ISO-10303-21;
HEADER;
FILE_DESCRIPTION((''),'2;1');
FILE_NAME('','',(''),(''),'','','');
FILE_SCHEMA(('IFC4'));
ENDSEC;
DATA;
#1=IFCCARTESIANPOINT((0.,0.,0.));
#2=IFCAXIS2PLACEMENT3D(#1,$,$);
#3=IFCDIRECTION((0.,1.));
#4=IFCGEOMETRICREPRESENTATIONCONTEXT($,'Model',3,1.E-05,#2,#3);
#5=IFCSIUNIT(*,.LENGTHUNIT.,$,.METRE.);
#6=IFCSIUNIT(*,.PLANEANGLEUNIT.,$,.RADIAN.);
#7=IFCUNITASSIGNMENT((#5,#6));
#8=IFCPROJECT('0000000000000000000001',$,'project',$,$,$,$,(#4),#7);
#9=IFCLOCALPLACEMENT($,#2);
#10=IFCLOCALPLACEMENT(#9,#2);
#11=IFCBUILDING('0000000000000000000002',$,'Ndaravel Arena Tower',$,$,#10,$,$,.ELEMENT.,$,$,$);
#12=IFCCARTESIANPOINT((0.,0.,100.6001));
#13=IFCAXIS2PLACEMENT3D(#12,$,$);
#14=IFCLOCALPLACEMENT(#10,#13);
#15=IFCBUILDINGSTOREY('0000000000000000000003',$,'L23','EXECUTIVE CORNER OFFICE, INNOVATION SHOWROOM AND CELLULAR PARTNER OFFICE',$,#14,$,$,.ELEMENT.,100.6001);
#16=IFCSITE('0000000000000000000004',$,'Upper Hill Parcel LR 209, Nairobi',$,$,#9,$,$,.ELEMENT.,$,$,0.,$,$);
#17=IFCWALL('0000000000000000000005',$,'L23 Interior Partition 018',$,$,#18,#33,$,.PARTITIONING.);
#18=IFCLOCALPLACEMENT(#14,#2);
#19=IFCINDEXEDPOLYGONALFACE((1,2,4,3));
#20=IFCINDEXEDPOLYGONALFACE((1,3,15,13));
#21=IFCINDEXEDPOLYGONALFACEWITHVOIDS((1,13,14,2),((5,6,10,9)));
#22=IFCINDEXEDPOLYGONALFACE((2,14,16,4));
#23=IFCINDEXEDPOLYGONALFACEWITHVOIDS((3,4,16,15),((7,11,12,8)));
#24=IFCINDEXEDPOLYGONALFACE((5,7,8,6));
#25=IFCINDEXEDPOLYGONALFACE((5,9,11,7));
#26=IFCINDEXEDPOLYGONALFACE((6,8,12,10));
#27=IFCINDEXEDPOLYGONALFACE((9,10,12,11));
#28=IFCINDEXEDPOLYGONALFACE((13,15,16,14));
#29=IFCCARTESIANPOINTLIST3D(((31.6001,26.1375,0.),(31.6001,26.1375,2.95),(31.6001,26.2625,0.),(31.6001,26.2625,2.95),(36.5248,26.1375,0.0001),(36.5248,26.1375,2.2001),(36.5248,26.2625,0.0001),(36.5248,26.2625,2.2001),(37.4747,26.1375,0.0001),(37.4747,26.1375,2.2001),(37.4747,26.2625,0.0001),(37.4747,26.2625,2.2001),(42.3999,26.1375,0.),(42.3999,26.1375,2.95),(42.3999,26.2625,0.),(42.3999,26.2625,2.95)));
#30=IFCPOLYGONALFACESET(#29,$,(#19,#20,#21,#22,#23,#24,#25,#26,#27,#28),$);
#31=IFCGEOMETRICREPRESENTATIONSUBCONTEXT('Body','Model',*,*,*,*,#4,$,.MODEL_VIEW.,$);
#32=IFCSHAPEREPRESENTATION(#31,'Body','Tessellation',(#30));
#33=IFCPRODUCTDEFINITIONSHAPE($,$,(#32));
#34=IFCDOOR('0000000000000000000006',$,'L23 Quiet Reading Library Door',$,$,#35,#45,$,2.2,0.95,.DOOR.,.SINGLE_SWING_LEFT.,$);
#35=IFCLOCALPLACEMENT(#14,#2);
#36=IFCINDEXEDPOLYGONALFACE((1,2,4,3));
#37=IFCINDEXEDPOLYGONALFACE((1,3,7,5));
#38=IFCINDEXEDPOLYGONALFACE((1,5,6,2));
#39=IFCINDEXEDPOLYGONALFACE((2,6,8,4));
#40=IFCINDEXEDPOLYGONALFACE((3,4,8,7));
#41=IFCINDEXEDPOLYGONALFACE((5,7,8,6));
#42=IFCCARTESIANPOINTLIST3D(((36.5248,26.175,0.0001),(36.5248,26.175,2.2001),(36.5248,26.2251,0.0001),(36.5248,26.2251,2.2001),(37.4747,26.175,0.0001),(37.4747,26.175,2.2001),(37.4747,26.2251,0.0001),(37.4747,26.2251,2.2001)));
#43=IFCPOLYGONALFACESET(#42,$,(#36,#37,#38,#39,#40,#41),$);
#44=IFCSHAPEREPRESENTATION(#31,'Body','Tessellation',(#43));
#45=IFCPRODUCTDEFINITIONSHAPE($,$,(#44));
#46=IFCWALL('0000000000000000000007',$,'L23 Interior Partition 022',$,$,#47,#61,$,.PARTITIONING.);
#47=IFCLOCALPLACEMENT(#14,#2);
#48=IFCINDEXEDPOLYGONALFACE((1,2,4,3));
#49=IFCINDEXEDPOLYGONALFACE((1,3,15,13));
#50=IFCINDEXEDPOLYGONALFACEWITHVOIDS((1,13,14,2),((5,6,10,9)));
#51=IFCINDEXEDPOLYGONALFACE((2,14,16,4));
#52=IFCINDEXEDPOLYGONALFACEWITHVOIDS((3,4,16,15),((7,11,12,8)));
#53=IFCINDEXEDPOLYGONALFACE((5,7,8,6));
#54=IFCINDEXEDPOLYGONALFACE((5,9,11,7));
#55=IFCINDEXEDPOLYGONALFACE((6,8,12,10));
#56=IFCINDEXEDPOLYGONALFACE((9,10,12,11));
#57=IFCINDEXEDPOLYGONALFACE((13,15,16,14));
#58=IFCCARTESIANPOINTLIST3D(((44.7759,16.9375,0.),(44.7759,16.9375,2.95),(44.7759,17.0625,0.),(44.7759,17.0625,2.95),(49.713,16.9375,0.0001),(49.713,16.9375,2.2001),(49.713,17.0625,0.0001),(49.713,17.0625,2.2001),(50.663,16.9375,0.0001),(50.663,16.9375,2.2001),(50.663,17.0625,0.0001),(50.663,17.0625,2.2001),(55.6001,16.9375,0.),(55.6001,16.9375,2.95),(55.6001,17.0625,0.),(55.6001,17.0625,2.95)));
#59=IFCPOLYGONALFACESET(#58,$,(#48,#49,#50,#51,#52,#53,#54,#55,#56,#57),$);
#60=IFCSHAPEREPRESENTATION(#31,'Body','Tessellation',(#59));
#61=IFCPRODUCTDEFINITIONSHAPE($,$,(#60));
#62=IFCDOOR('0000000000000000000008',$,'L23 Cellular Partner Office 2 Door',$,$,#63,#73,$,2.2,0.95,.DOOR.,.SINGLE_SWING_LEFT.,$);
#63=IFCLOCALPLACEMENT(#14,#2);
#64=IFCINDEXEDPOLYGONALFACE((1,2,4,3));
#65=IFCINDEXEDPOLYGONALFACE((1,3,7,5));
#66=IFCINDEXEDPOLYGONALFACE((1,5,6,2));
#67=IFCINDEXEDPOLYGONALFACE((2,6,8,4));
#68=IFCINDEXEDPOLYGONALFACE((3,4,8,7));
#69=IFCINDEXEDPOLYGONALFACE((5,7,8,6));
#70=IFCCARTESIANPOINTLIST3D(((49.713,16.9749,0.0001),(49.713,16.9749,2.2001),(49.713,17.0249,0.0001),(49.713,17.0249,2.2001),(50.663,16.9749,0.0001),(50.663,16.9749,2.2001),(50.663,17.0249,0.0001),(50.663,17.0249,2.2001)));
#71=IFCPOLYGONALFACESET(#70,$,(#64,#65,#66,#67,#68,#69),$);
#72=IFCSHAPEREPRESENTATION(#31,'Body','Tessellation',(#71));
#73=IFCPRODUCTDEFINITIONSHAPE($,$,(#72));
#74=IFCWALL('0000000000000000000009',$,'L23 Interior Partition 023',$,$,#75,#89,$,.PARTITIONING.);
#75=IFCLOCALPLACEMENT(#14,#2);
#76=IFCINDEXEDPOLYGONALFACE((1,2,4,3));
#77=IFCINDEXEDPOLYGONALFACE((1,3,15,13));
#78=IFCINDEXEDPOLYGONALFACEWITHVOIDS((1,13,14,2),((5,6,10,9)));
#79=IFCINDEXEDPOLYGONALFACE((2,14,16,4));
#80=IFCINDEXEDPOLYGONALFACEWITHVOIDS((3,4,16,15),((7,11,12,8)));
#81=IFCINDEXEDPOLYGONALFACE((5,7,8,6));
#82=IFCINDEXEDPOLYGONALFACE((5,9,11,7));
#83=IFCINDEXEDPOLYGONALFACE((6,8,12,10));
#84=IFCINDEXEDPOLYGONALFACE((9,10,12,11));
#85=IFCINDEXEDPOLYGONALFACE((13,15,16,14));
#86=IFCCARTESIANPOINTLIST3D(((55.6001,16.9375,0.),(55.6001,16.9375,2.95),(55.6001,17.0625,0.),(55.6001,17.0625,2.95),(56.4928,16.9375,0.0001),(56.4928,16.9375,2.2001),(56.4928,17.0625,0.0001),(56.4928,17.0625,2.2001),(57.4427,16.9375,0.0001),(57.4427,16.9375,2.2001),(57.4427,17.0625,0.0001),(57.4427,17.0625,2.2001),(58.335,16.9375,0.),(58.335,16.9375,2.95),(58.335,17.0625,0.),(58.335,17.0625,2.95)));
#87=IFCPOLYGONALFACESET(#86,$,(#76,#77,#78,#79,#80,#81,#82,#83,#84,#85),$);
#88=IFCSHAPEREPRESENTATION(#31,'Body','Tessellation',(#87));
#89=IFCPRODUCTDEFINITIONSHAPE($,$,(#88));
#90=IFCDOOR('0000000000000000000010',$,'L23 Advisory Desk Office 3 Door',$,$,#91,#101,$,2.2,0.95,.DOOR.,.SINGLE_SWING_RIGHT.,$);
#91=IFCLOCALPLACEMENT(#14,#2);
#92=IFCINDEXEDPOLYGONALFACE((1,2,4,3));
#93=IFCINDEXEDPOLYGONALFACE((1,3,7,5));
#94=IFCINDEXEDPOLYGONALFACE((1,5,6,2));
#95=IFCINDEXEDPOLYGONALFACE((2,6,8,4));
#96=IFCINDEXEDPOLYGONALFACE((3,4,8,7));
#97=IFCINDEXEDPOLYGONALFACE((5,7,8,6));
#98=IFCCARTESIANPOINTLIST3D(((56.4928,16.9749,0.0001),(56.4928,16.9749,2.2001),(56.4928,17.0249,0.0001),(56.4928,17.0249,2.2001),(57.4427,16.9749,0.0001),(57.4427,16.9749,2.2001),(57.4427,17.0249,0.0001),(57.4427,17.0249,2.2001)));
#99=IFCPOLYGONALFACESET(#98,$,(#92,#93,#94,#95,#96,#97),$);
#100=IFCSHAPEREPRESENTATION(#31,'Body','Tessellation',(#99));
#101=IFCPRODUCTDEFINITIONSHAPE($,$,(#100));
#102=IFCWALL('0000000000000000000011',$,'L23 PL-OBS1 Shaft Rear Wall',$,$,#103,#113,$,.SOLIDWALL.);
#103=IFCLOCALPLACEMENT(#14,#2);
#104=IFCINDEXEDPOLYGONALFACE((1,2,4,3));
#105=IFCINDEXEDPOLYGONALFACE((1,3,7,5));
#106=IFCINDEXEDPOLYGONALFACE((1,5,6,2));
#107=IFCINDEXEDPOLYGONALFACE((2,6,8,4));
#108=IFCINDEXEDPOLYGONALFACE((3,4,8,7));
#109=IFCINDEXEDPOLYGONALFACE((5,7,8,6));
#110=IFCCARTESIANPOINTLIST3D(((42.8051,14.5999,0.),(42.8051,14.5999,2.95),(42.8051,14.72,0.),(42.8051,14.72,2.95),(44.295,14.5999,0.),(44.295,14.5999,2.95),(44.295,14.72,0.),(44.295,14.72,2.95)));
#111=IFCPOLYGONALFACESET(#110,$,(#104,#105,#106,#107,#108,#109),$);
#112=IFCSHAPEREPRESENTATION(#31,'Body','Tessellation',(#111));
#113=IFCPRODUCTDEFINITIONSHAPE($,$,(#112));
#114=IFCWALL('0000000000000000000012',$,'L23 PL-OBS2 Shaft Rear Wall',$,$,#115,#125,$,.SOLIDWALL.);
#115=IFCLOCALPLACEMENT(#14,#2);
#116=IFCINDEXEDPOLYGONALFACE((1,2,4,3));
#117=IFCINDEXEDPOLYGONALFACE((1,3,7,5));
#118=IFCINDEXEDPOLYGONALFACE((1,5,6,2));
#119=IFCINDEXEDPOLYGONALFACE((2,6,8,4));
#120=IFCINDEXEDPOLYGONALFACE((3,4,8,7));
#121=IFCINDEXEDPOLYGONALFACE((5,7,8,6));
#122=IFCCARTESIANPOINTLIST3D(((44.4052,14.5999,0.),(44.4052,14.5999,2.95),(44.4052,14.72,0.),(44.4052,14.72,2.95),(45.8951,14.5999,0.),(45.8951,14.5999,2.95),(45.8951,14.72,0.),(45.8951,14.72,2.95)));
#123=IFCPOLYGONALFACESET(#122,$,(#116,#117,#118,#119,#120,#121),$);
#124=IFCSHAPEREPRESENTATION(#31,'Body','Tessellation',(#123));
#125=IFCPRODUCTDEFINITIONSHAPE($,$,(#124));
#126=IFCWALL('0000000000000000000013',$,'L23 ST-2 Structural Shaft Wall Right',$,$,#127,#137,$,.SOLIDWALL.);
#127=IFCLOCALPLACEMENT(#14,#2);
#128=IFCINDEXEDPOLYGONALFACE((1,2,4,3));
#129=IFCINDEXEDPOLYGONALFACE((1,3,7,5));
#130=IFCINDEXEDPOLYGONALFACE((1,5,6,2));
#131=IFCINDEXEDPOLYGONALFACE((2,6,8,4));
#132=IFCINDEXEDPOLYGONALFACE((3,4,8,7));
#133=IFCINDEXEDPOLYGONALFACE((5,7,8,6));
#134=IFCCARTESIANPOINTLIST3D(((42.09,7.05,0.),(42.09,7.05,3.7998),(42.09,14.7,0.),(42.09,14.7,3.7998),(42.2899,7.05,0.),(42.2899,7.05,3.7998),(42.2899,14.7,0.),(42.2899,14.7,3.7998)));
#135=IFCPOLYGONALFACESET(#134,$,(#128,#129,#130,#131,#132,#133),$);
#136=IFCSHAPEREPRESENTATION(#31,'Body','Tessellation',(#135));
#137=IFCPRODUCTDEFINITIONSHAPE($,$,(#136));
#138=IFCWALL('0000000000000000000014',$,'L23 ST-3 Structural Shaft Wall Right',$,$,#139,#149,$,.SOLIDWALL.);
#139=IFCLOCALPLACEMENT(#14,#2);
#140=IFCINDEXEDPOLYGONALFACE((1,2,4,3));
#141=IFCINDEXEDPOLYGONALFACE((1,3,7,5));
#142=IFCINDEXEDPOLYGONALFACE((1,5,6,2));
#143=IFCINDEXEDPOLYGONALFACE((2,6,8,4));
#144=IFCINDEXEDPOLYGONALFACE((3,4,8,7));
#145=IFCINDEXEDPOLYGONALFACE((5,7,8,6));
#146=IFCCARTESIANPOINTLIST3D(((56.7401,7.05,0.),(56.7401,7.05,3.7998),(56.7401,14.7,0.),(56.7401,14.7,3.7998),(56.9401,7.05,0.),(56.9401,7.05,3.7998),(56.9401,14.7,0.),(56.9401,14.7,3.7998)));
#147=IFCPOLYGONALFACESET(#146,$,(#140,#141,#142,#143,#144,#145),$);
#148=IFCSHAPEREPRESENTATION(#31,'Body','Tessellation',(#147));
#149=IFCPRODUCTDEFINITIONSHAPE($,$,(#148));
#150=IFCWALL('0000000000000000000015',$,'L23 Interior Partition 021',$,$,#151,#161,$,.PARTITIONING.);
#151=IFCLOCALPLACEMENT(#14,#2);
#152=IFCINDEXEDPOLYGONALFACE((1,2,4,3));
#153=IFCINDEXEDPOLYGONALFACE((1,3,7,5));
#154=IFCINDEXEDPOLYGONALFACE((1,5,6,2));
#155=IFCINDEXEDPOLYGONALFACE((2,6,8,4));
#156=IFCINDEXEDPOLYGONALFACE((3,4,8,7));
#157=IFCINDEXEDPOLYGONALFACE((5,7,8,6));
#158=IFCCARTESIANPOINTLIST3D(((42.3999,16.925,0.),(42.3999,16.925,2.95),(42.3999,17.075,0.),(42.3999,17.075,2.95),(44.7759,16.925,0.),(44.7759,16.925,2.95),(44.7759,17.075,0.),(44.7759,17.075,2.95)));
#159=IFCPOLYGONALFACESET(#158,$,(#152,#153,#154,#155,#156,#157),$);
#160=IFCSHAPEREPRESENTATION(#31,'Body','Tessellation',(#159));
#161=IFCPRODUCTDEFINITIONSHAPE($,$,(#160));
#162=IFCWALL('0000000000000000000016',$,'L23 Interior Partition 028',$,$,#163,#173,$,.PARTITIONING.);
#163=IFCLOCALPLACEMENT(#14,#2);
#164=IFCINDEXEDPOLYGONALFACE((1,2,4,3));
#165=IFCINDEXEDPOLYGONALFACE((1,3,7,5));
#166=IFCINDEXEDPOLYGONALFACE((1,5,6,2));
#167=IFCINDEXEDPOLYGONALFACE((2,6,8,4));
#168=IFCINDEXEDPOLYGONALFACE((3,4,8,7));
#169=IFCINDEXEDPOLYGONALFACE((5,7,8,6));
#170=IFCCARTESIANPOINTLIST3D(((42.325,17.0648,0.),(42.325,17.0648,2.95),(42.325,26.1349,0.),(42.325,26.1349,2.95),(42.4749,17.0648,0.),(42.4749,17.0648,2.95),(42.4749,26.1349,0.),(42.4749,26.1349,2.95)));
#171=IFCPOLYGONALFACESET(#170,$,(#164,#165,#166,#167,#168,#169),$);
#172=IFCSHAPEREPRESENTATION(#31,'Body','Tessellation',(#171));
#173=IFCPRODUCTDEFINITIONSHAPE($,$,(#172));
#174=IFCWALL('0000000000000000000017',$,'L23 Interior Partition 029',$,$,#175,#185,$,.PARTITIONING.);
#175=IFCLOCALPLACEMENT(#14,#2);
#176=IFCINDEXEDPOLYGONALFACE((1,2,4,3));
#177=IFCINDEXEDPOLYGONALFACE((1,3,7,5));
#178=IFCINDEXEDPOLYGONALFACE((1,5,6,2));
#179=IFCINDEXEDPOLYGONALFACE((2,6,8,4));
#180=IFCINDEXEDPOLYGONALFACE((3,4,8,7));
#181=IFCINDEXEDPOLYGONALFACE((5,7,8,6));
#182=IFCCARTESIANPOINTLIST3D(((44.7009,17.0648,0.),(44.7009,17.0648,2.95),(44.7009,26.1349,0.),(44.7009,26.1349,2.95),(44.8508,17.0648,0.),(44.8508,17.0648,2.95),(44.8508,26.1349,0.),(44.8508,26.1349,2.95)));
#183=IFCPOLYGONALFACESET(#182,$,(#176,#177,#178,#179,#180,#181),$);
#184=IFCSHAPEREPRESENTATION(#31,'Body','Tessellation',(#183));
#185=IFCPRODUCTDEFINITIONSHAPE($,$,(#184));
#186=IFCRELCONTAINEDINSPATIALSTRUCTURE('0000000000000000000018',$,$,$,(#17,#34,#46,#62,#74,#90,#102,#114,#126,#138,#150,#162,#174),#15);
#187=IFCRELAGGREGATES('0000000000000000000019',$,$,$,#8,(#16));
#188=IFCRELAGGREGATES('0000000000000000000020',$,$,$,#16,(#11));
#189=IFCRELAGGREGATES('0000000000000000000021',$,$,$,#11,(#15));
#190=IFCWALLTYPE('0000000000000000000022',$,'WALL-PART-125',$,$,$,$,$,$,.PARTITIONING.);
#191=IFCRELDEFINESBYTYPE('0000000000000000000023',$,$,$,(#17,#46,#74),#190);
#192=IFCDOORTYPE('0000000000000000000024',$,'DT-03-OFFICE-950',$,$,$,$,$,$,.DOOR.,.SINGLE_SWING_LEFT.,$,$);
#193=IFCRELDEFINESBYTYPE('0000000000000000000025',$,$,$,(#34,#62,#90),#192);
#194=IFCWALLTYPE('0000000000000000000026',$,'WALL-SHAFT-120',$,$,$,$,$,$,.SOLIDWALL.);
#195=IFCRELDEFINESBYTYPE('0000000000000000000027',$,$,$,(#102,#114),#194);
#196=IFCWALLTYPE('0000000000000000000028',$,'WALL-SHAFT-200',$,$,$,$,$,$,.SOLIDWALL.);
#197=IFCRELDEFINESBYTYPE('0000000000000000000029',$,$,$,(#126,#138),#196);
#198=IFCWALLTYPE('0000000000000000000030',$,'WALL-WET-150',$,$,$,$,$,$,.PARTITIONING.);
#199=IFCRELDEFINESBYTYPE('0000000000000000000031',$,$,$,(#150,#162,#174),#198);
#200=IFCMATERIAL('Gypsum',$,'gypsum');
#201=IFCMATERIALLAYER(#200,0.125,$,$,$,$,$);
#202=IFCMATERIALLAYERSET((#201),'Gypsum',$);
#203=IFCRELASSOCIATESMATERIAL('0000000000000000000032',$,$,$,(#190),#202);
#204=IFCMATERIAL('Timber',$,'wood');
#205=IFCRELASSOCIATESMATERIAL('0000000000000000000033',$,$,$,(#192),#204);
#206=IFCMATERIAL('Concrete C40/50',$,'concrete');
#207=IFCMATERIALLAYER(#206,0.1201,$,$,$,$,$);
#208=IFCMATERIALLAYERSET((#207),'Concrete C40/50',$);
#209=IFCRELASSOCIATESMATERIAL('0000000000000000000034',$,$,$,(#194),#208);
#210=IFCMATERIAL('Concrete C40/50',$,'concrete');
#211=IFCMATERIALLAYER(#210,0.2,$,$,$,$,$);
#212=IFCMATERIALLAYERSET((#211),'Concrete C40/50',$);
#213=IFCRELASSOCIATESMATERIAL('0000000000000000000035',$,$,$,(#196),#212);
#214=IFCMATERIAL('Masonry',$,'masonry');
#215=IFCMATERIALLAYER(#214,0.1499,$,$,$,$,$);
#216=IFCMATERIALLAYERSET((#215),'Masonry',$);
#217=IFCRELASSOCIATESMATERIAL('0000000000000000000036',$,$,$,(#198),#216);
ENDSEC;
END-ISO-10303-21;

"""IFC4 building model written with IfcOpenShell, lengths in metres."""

from ifc_helpers import new_model, si_unit, direction, frame, frame_2d, origin, place, context, subcontext, project, spatial, rectangle, extrude, material, layer, layer_set, type_object, element, fill, save


model = new_model("IFC4")

# Units and contexts
model_context = context("Model", 3, precision=1e-05, world=origin(), true_north=direction((0.0, 1.0)))
body_context = subcontext(model_context, "Body", "Model", "MODEL_VIEW")
ifc_project = project(units=[si_unit("LENGTHUNIT", "METRE"), si_unit("PLANEANGLEUNIT", "RADIAN")], contexts=[model_context])

# Site, building, storey
site_placement = place(None, origin())
site = spatial("IfcSite", under=ifc_project, at=site_placement, Name="Upper Hill Parcel LR 209, Nairobi", CompositionType="ELEMENT", RefElevation=0.0)
building_placement = place(site_placement, origin())
building = spatial("IfcBuilding", under=site, at=building_placement, Name="Ndaravel Arena Tower", CompositionType="ELEMENT")
storey_placement = place(building_placement, frame((0.0, 0.0, 100.6001)))
storey = spatial("IfcBuildingStorey", under=building, at=storey_placement, Name="L23", Description="EXECUTIVE CORNER OFFICE, INNOVATION SHOWROOM AND CELLULAR PARTNER OFFICE", CompositionType="ELEMENT", Elevation=100.6001)

# Shared definitions
ifc_material_1 = material(Name="Gypsum", Category="gypsum")
ifc_layer_1 = layer(ifc_material_1, 0.125)
ifc_layer_set_1 = layer_set([ifc_layer_1], Name="Gypsum")
wall_type_1 = type_object("IfcWallType", Name="WALL-PART-125", PredefinedType="PARTITIONING", material=ifc_layer_set_1)

# Walls, openings, doors
wall_1_placement = place(storey_placement, frame((42.3999, 26.2, 0.0), z_axis=(0.0, 0.0, 1.0), x_axis=(-1.0, 0.0, 0.0)))
wall_1 = element("IfcWall", 1, at=wall_1_placement, inside=storey, type_object=wall_type_1, Name="L23 Interior Partition 018", PredefinedType="PARTITIONING", context=body_context, shape_type="SweptSolid", body=[
    extrude(rectangle(XDim=10.7998, YDim=0.125, at=frame_2d((5.3999, 0.0))), origin(), (0.0, 0.0, 1.0), 2.95),
])
opening_1_placement = place(wall_1_placement, frame((4.925, 0.0, 0.0)))
opening_1 = element("IfcOpeningElement", 2, at=opening_1_placement, cuts=wall_1, PredefinedType="OPENING", context=body_context, shape_type="SweptSolid", body=[
    extrude(rectangle(XDim=0.95, YDim=2.2, at=frame_2d((0.4751, 1.1001))), frame((0.0, 0.0625, 0.0), z_axis=(0.0, -1.0, 0.0), x_axis=(1.0, 0.0, 0.0)), (0.0, 0.0, 1.0), 0.125),
])
ifc_material_2 = material(Name="Timber", Category="wood")
door_type_1 = type_object("IfcDoorType", Name="DT-03-OFFICE-950", OperationType="SINGLE_SWING_LEFT", PredefinedType="DOOR", material=ifc_material_2)
door_1_placement = place(opening_1_placement, origin())
door_1 = element("IfcDoor", 3, at=door_1_placement, inside=storey, type_object=door_type_1, Name="L23 Quiet Reading Library Door", OperationType="SINGLE_SWING_LEFT", OverallHeight=2.2, OverallWidth=0.95, PredefinedType="DOOR", context=body_context, shape_type="SweptSolid", body=[
    extrude(rectangle(XDim=0.95, YDim=2.2, at=frame_2d((0.4751, 1.1001))), frame((0.0, 0.0249, 0.0), z_axis=(0.0, -1.0, 0.0), x_axis=(1.0, 0.0, 0.0)), (0.0, 0.0, 1.0), 0.05),
])
fill(opening_1, door_1)
wall_2_placement = place(storey_placement, frame((44.7759, 17.0, 0.0), z_axis=(0.0, 0.0, 1.0), x_axis=(1.0, 0.0, 0.0)))
wall_2 = element("IfcWall", 4, at=wall_2_placement, inside=storey, type_object=wall_type_1, Name="L23 Interior Partition 022", PredefinedType="PARTITIONING", context=body_context, shape_type="SweptSolid", body=[
    extrude(rectangle(XDim=10.8242, YDim=0.125, at=frame_2d((5.4121, 0.0))), origin(), (0.0, 0.0, 1.0), 2.95),
])
opening_2_placement = place(wall_2_placement, frame((4.937, 0.0, 0.0)))
opening_2 = element("IfcOpeningElement", 5, at=opening_2_placement, cuts=wall_2, PredefinedType="OPENING", context=body_context, shape_type="SweptSolid", body=[
    extrude(rectangle(XDim=0.95, YDim=2.2, at=frame_2d((0.4751, 1.1001))), frame((0.0, 0.0625, 0.0), z_axis=(0.0, -1.0, 0.0), x_axis=(1.0, 0.0, 0.0)), (0.0, 0.0, 1.0), 0.125),
])
door_2_placement = place(opening_2_placement, origin())
door_2 = element("IfcDoor", 6, at=door_2_placement, inside=storey, type_object=door_type_1, Name="L23 Cellular Partner Office 2 Door", OperationType="SINGLE_SWING_LEFT", OverallHeight=2.2, OverallWidth=0.95, PredefinedType="DOOR", context=body_context, shape_type="SweptSolid", body=[
    extrude(rectangle(XDim=0.95, YDim=2.2, at=frame_2d((0.4751, 1.1001))), frame((0.0, 0.0249, 0.0), z_axis=(0.0, -1.0, 0.0), x_axis=(1.0, 0.0, 0.0)), (0.0, 0.0, 1.0), 0.05),
])
fill(opening_2, door_2)
wall_3_placement = place(storey_placement, frame((55.6001, 17.0, 0.0), z_axis=(0.0, 0.0, 1.0), x_axis=(1.0, 0.0, 0.0)))
wall_3 = element("IfcWall", 7, at=wall_3_placement, inside=storey, type_object=wall_type_1, Name="L23 Interior Partition 023", PredefinedType="PARTITIONING", context=body_context, shape_type="SweptSolid", body=[
    extrude(rectangle(XDim=2.7349, YDim=0.125, at=frame_2d((1.3674, 0.0))), origin(), (0.0, 0.0, 1.0), 2.95),
])
opening_3_placement = place(wall_3_placement, frame((0.8926, 0.0, 0.0)))
opening_3 = element("IfcOpeningElement", 8, at=opening_3_placement, cuts=wall_3, PredefinedType="OPENING", context=body_context, shape_type="SweptSolid", body=[
    extrude(rectangle(XDim=0.95, YDim=2.2, at=frame_2d((0.4751, 1.1001))), frame((0.0, 0.0625, 0.0), z_axis=(0.0, -1.0, 0.0), x_axis=(1.0, 0.0, 0.0)), (0.0, 0.0, 1.0), 0.125),
])
door_3_placement = place(opening_3_placement, origin())
door_3 = element("IfcDoor", 9, at=door_3_placement, inside=storey, type_object=door_type_1, Name="L23 Advisory Desk Office 3 Door", OperationType="SINGLE_SWING_RIGHT", OverallHeight=2.2, OverallWidth=0.95, PredefinedType="DOOR", context=body_context, shape_type="SweptSolid", body=[
    extrude(rectangle(XDim=0.95, YDim=2.2, at=frame_2d((0.4751, 1.1001))), frame((0.0, 0.0249, 0.0), z_axis=(0.0, -1.0, 0.0), x_axis=(1.0, 0.0, 0.0)), (0.0, 0.0, 1.0), 0.05),
])
fill(opening_3, door_3)

# Walls
ifc_material_3 = material(Name="Concrete C40/50", Category="concrete")
ifc_layer_2 = layer(ifc_material_3, 0.1201)
ifc_layer_set_2 = layer_set([ifc_layer_2], Name="Concrete C40/50")
wall_type_2 = type_object("IfcWallType", Name="WALL-SHAFT-120", PredefinedType="SOLIDWALL", material=ifc_layer_set_2)
for number, where, z_axis, x_axis, name in (
    (10, (42.8049, 14.6599, 0.0), (0.0, 0.0, 1.0), (1.0, 0.0, 0.0), "L23 PL-OBS1 Shaft Rear Wall"),
    (11, (44.405, 14.6599, 0.0), (0.0, 0.0, 1.0), (1.0, 0.0, 0.0), "L23 PL-OBS2 Shaft Rear Wall"),
):
    element("IfcWall", number, at=place(storey_placement, frame(where, z_axis=z_axis, x_axis=x_axis)), inside=storey, type_object=wall_type_2, Name=name, PredefinedType="SOLIDWALL", context=body_context, shape_type="SweptSolid", body=[
        extrude(rectangle(XDim=1.49, YDim=0.1201, at=frame_2d((0.7451, 0.0))), origin(), (0.0, 0.0, 1.0), 2.95),
    ])
ifc_material_4 = material(Name="Concrete C40/50", Category="concrete")
ifc_layer_3 = layer(ifc_material_4, 0.2)
ifc_layer_set_3 = layer_set([ifc_layer_3], Name="Concrete C40/50")
wall_type_3 = type_object("IfcWallType", Name="WALL-SHAFT-200", PredefinedType="SOLIDWALL", material=ifc_layer_set_3)
for number, where, z_axis, x_axis, name in (
    (12, (42.1899, 14.7, 0.0), (0.0, 0.0, 1.0), (0.0, -1.0, 0.0), "L23 ST-2 Structural Shaft Wall Right"),
    (13, (56.8401, 14.7, 0.0), (0.0, 0.0, 1.0), (0.0, -1.0, 0.0), "L23 ST-3 Structural Shaft Wall Right"),
):
    element("IfcWall", number, at=place(storey_placement, frame(where, z_axis=z_axis, x_axis=x_axis)), inside=storey, type_object=wall_type_3, Name=name, PredefinedType="SOLIDWALL", context=body_context, shape_type="SweptSolid", body=[
        extrude(rectangle(XDim=7.6499, YDim=0.2, at=frame_2d((3.825, 0.0))), origin(), (0.0, 0.0, 1.0), 3.7998),
    ])

# Shared definitions
ifc_material_5 = material(Name="Masonry", Category="masonry")
ifc_layer_4 = layer(ifc_material_5, 0.1499)
ifc_layer_set_4 = layer_set([ifc_layer_4], Name="Masonry")
wall_type_4 = type_object("IfcWallType", Name="WALL-WET-150", PredefinedType="PARTITIONING", material=ifc_layer_set_4)

# Walls
wall_4_placement = place(storey_placement, frame((42.3999, 17.0, 0.0), z_axis=(0.0, 0.0, 1.0), x_axis=(1.0, 0.0, 0.0)))
element("IfcWall", 14, at=wall_4_placement, inside=storey, type_object=wall_type_4, Name="L23 Interior Partition 021", PredefinedType="PARTITIONING", context=body_context, shape_type="SweptSolid", body=[
    extrude(rectangle(XDim=2.376, YDim=0.1499, at=frame_2d((1.188, 0.0))), origin(), (0.0, 0.0, 1.0), 2.95),
])
for number, where, z_axis, x_axis, name in (
    (15, (42.3999, 26.135, 0.0), (0.0, 0.0, 1.0), (0.0, -1.0, 0.0), "L23 Interior Partition 028"),
    (16, (44.7759, 26.135, 0.0), (0.0, 0.0, 1.0), (0.0, -1.0, 0.0), "L23 Interior Partition 029"),
):
    element("IfcWall", number, at=place(storey_placement, frame(where, z_axis=z_axis, x_axis=x_axis)), inside=storey, type_object=wall_type_4, Name=name, PredefinedType="PARTITIONING", context=body_context, shape_type="SweptSolid", body=[
        extrude(rectangle(XDim=9.0701, YDim=0.1499, at=frame_2d((4.5352, 0.0))), origin(), (0.0, 0.0, 1.0), 2.95),
    ])

save(model, "model.ifc")
